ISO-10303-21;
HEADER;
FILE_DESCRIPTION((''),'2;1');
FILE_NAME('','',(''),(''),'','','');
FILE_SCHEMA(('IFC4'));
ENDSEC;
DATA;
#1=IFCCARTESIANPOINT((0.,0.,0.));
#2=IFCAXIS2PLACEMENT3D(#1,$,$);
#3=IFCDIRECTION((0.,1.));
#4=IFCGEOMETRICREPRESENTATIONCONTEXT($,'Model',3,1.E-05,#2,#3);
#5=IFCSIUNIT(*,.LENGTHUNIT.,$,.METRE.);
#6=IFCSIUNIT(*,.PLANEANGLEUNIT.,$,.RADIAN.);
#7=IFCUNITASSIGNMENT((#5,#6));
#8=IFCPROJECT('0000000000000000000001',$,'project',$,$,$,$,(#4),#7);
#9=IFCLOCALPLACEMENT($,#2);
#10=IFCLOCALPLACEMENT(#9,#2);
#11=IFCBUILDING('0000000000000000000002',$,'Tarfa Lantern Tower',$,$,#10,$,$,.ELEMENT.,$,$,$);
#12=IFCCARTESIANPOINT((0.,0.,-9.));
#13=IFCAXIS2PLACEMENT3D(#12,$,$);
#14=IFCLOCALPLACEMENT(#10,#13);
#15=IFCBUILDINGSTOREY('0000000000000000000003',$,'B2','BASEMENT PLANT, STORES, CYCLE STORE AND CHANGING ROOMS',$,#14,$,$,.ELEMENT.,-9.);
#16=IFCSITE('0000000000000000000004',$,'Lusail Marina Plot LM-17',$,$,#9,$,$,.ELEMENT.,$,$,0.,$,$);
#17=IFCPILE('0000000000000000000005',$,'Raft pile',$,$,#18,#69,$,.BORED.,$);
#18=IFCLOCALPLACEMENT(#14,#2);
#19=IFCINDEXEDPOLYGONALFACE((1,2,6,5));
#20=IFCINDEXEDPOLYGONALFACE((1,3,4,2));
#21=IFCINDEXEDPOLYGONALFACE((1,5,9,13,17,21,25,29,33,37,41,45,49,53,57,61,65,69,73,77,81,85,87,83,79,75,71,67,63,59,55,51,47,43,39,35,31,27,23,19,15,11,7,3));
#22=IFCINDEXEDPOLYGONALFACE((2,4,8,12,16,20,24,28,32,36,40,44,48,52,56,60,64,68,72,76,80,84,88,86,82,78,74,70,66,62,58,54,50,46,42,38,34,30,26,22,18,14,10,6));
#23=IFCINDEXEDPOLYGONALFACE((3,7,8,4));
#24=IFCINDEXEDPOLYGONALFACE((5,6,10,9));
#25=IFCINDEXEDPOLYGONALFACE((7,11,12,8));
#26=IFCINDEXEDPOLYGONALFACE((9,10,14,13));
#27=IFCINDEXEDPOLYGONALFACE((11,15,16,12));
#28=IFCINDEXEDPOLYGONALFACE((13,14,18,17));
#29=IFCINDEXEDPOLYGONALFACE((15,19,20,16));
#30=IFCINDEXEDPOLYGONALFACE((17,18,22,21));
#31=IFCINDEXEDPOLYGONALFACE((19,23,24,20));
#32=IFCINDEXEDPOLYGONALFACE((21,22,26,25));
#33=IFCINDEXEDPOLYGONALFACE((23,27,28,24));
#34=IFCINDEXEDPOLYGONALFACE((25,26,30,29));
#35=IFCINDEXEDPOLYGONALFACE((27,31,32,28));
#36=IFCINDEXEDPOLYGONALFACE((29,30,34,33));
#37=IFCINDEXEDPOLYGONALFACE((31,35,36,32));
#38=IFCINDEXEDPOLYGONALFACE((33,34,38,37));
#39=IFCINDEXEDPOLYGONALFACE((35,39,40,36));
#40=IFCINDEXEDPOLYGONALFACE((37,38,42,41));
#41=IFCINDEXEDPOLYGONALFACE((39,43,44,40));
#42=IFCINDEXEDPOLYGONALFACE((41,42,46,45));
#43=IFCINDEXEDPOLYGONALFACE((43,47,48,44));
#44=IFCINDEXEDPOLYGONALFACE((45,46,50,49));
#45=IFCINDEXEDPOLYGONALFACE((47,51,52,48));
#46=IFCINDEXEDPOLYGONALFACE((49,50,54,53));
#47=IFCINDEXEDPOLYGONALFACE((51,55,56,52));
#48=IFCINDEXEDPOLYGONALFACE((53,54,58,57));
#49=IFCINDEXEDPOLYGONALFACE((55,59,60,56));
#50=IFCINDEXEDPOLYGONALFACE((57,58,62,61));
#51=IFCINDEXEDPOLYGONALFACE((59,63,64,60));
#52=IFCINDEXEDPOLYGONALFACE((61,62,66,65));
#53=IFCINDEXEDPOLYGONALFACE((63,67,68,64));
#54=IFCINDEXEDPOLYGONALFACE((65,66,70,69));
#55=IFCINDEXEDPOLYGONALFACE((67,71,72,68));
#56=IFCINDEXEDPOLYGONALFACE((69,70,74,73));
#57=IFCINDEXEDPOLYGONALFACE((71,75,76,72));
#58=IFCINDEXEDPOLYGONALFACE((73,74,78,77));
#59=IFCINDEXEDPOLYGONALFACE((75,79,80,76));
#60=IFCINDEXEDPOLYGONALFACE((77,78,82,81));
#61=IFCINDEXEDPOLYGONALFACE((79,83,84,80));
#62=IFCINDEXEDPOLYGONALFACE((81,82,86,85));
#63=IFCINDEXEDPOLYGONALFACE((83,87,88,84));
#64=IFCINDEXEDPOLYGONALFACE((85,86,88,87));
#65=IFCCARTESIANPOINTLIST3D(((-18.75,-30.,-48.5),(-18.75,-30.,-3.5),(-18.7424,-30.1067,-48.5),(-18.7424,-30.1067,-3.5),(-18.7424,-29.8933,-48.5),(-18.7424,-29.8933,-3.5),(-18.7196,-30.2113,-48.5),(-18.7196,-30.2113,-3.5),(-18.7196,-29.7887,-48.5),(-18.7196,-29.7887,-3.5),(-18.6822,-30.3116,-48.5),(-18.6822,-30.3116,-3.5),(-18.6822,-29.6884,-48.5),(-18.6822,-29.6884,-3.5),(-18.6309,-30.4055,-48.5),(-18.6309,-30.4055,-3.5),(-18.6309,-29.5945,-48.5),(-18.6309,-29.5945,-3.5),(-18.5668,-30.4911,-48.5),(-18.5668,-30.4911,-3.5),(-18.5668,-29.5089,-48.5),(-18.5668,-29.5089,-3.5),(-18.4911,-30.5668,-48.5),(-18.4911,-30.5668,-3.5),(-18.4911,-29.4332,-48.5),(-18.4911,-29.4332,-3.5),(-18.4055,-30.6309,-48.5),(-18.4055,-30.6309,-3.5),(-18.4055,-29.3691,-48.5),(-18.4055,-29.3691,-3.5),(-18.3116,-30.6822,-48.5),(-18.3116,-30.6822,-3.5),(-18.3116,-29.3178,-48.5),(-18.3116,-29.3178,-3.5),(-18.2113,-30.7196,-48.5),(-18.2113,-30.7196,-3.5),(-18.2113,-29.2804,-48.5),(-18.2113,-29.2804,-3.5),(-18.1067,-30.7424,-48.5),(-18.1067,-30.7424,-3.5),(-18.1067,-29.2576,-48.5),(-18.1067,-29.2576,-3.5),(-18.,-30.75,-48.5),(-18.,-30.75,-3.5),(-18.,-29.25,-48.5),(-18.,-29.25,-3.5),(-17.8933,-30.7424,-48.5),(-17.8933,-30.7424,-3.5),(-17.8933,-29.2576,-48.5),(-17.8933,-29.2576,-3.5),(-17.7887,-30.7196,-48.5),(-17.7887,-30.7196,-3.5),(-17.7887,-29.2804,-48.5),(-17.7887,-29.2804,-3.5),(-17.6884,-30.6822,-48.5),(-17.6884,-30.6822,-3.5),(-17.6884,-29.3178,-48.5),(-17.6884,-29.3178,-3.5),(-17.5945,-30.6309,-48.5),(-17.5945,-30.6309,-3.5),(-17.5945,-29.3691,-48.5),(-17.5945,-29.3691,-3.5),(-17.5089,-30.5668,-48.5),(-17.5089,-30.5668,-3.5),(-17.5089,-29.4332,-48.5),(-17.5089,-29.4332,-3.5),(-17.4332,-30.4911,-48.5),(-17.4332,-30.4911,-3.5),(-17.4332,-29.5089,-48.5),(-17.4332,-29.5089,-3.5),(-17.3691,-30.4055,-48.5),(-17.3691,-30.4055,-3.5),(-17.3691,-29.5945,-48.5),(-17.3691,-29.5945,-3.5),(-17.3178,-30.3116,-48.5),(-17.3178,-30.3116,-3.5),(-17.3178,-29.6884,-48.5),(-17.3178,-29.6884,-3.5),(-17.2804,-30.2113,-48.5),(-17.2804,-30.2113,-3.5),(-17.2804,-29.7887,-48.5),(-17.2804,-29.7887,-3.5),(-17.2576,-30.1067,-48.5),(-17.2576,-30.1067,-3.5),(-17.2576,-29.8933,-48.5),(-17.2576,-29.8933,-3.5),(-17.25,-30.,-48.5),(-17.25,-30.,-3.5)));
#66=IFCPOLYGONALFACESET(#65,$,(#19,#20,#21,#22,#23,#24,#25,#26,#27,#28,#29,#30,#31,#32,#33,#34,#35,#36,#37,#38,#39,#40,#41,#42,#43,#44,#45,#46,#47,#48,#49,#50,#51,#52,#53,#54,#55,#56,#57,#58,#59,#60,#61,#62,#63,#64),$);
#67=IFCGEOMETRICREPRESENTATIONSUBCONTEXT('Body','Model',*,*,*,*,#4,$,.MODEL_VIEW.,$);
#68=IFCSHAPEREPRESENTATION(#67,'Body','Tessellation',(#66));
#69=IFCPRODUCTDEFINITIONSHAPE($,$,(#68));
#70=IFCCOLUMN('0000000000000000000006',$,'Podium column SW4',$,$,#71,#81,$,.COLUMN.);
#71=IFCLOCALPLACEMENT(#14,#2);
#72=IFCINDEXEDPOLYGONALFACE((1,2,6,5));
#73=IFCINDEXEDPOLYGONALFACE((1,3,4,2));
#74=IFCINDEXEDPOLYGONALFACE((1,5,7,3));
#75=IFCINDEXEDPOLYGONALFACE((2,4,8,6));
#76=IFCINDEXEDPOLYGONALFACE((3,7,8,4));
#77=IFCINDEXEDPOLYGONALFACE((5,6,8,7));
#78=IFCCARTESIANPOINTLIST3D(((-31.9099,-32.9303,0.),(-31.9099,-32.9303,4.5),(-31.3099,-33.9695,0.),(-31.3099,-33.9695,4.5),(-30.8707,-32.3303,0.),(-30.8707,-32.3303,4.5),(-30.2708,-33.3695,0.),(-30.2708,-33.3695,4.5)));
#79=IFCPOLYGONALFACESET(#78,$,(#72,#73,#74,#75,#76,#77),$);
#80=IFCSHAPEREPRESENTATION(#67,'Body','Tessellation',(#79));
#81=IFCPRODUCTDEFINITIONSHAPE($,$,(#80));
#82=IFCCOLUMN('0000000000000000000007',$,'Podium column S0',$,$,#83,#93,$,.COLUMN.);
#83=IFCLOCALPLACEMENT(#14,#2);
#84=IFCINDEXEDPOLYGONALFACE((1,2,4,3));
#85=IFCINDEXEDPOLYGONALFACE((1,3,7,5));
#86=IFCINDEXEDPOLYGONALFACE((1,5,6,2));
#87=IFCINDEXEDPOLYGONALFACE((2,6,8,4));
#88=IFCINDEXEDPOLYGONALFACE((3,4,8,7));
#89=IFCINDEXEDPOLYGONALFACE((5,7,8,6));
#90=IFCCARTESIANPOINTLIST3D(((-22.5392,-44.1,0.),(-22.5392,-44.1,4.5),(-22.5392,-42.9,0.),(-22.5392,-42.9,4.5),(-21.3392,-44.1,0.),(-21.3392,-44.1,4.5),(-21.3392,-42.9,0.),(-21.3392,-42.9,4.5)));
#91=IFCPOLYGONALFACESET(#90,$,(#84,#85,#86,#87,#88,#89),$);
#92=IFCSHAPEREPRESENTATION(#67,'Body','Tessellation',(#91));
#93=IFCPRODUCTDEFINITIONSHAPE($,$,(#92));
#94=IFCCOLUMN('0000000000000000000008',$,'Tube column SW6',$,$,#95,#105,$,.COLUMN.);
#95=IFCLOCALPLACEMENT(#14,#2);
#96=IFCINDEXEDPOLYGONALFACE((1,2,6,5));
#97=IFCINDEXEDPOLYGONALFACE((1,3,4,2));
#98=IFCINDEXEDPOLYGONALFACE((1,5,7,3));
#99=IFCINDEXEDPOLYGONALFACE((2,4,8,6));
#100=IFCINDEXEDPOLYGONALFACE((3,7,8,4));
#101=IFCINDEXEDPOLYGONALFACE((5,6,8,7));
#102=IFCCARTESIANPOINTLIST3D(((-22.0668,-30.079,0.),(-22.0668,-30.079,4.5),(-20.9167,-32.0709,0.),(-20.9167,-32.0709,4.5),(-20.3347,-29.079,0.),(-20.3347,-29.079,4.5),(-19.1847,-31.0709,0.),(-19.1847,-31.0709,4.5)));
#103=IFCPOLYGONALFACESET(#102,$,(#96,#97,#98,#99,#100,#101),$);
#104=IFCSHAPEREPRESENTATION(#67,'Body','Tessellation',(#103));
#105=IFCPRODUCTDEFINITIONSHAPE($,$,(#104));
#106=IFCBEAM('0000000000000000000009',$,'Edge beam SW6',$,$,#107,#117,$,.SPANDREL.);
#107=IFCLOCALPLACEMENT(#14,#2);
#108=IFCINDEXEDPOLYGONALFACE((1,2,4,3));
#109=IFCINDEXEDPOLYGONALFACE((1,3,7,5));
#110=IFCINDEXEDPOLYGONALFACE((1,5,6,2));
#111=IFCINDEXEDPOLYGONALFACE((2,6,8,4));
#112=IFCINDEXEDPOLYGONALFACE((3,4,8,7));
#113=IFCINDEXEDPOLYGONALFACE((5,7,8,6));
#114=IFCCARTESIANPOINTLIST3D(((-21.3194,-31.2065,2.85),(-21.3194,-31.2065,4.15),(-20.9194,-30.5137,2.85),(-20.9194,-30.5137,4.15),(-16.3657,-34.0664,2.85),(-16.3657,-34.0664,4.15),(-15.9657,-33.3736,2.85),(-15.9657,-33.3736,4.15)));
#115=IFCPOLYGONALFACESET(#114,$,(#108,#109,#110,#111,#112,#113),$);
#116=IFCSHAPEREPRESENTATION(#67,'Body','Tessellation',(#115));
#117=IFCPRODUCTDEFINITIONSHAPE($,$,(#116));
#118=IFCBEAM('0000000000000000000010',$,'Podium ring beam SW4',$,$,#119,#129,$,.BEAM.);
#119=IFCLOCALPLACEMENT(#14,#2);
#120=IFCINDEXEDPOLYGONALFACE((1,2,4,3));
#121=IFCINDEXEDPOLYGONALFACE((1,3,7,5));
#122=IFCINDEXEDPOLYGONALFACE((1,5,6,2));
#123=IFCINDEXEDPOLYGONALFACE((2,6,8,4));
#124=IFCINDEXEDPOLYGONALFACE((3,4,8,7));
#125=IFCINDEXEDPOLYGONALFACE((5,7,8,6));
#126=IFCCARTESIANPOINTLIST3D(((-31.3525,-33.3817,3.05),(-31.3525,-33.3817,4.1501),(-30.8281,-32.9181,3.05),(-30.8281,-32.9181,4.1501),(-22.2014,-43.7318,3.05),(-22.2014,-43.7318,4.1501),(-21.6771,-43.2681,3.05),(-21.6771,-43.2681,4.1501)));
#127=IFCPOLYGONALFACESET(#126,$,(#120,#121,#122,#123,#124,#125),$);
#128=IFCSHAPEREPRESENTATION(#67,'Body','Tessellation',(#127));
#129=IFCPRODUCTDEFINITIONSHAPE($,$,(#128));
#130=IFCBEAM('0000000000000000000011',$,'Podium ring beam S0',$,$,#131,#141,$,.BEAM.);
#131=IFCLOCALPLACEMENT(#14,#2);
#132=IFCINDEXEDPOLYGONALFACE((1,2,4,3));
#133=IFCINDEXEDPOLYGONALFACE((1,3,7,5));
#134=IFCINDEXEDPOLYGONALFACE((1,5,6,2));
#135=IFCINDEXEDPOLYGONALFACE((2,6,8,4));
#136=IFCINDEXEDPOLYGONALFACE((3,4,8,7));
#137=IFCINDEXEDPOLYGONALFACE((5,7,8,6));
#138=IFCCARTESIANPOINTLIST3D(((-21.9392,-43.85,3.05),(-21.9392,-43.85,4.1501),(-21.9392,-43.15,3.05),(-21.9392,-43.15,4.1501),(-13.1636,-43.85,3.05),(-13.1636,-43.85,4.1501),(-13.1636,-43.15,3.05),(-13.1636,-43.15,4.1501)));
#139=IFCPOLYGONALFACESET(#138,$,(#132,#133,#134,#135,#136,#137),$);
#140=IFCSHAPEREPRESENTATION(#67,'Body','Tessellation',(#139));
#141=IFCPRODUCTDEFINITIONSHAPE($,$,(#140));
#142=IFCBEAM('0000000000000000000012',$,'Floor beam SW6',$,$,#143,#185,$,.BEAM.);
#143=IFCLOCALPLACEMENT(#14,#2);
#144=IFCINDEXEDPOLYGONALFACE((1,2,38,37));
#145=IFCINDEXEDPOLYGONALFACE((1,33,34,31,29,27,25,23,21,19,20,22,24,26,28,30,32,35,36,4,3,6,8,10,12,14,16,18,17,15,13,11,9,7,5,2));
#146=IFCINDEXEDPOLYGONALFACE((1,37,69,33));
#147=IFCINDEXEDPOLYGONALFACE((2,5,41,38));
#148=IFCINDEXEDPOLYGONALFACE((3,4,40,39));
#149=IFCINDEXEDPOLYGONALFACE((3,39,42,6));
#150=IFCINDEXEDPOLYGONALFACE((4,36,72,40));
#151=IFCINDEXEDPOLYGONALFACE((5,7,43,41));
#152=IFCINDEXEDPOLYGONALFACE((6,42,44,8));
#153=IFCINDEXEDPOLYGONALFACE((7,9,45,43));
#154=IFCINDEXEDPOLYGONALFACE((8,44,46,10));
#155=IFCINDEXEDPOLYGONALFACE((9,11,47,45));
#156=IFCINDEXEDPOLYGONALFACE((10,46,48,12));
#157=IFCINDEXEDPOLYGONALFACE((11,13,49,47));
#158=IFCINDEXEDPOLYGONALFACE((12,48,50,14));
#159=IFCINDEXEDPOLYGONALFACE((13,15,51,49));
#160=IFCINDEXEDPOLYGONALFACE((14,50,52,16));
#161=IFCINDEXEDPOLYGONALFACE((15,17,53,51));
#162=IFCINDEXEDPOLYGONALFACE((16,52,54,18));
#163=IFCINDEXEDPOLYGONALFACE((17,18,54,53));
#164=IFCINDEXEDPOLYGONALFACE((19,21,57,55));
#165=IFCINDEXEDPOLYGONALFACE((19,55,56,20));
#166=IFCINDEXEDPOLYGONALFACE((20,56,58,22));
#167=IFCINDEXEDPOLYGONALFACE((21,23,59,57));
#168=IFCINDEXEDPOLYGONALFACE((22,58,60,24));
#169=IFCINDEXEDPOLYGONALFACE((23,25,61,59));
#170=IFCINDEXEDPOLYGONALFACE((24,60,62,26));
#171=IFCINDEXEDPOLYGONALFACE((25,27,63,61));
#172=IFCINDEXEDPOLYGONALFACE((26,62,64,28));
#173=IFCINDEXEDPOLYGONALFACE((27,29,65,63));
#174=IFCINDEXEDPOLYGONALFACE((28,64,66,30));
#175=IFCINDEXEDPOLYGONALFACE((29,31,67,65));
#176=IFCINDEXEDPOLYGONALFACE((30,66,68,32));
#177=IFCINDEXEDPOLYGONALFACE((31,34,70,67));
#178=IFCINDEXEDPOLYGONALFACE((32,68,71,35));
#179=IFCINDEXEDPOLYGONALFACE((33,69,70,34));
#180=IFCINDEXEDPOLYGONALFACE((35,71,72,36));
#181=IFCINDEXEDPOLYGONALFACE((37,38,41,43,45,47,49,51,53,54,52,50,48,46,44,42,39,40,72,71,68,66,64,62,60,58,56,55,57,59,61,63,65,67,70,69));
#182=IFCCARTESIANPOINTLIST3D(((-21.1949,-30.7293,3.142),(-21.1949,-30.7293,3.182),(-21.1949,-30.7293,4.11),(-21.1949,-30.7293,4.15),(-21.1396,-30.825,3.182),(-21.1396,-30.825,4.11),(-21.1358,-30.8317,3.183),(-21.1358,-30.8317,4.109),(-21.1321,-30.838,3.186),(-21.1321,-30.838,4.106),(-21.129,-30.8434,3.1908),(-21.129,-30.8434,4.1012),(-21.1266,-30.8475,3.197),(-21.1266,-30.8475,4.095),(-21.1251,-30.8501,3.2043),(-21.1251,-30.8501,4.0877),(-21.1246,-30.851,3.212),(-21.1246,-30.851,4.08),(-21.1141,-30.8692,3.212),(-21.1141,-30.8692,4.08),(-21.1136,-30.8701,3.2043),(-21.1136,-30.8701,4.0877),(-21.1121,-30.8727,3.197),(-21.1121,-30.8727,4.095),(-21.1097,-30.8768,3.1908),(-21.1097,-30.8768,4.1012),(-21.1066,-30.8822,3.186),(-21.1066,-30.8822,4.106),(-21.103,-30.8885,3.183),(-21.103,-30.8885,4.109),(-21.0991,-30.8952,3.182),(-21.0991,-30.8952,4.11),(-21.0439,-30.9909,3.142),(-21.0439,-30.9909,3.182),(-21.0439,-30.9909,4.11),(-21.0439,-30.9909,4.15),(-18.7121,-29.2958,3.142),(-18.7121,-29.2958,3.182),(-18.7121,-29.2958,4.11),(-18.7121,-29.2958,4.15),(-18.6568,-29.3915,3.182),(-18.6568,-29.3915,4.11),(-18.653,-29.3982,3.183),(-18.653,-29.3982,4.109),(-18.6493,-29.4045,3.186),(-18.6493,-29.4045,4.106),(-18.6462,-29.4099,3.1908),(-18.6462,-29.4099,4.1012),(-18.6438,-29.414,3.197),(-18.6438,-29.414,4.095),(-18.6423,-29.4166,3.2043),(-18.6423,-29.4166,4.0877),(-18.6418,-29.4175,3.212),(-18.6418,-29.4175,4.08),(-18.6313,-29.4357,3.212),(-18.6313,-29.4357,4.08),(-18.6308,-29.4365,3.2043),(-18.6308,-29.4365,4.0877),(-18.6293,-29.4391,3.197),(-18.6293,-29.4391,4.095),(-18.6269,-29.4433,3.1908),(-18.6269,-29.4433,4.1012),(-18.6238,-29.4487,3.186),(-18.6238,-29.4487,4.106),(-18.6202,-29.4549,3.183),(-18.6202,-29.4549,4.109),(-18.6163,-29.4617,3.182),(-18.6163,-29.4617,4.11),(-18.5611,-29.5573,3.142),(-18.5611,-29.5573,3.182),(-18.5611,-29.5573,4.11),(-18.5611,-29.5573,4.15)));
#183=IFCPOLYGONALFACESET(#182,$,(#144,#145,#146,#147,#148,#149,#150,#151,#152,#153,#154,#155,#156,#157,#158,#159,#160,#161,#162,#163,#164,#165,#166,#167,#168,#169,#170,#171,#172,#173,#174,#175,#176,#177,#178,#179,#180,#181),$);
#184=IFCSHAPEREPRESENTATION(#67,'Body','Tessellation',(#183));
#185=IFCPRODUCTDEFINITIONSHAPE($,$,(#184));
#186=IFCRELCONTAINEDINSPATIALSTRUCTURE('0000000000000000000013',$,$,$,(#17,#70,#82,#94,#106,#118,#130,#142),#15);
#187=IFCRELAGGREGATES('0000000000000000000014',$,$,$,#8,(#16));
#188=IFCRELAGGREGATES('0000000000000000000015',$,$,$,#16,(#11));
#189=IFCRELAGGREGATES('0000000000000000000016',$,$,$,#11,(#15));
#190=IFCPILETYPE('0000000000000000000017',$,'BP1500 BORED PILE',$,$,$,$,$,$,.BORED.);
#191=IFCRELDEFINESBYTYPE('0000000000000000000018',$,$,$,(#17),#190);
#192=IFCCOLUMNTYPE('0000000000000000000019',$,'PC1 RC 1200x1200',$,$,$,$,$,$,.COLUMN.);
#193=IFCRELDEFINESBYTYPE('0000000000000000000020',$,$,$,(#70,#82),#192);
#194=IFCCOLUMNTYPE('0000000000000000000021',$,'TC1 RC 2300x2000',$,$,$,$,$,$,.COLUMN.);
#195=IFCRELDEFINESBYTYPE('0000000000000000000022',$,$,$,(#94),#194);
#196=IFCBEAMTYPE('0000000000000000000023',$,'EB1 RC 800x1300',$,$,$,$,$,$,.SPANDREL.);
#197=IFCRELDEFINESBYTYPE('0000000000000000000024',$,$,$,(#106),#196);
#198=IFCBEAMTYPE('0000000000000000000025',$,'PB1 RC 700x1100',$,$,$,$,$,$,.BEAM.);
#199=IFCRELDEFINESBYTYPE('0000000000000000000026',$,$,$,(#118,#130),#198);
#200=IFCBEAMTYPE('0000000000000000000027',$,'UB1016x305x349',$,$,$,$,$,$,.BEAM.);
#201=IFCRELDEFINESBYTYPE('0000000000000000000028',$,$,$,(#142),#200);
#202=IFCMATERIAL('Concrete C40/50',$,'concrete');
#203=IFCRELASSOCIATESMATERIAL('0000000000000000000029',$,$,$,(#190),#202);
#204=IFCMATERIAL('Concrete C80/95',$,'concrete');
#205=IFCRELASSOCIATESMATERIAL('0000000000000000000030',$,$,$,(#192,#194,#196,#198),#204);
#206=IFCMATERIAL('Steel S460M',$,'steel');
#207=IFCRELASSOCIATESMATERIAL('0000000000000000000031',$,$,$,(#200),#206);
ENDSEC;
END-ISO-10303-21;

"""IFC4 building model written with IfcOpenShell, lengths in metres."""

from ifc_helpers import new_model, si_unit, direction, frame, origin, origin_2d, place, context, subcontext, project, spatial, rectangle, circle, i_section, extrude, material, material_profile, profile_set, type_object, element, save


model = new_model("IFC4")

# Units and contexts
model_context = context("Model", 3, precision=1e-05, world=origin(), true_north=direction((0.0, 1.0)))
body_context = subcontext(model_context, "Body", "Model", "MODEL_VIEW")
ifc_project = project(units=[si_unit("LENGTHUNIT", "METRE"), si_unit("PLANEANGLEUNIT", "RADIAN")], contexts=[model_context])

# Site, building, storey
site_placement = place(None, origin())
site = spatial("IfcSite", under=ifc_project, at=site_placement, Name="Lusail Marina Plot LM-17", CompositionType="ELEMENT", RefElevation=0.0)
building_placement = place(site_placement, origin())
building = spatial("IfcBuilding", under=site, at=building_placement, Name="Tarfa Lantern Tower", CompositionType="ELEMENT")
storey_placement = place(building_placement, frame((0.0, 0.0, -9.0)))
storey = spatial("IfcBuildingStorey", under=building, at=storey_placement, Name="B2", Description="BASEMENT PLANT, STORES, CYCLE STORE AND CHANGING ROOMS", CompositionType="ELEMENT", Elevation=-9.0)

# Pile
ifc_material_1 = material(Name="Concrete C40/50", Category="concrete")
ifc_material_profile_1 = material_profile(ifc_material_1, circle(Radius=0.75, at=origin_2d()), Name="BORED PILE D1500")
ifc_profile_set_1 = profile_set([ifc_material_profile_1], Name="Concrete C40/50")
pile_type_1 = type_object("IfcPileType", Name="BP1500 BORED PILE", PredefinedType="BORED", material=ifc_profile_set_1)
for number, where, z_axis, x_axis, name in (
    (1, (-18.0, -30.0, -3.5), (0.0, 0.0, -1.0), (1.0, 0.0, 0.0), "Raft pile"),
):
    element("IfcPile", number, at=place(storey_placement, frame(where, z_axis=z_axis, x_axis=x_axis)), inside=storey, type_object=pile_type_1, Name=name, PredefinedType="BORED", context=body_context, shape_type="SweptSolid", body=[
        extrude(circle(Radius=0.75, at=origin_2d()), origin(), (0.0, 0.0, 1.0), 45.0),
    ])

# Columns
ifc_material_2 = material(Name="Concrete C80/95", Category="concrete")
ifc_material_profile_2 = material_profile(ifc_material_2, rectangle(XDim=1.2, YDim=1.2, at=origin_2d()), Name="RC 1200x1200")
ifc_profile_set_2 = profile_set([ifc_material_profile_2], Name="Concrete C80/95")
column_type_1 = type_object("IfcColumnType", Name="PC1 RC 1200x1200", PredefinedType="COLUMN", material=ifc_profile_set_2)
for number, where, z_axis, x_axis, name in (
    (2, (-31.0903, -33.1499, 0.0), (0.0, 0.0, 1.0), (0.5, -0.866025, 0.0), "Podium column SW4"),
    (3, (-21.9392, -43.5, 0.0), (0.0, 0.0, 1.0), (1.0, 0.0, 0.0), "Podium column S0"),
):
    element("IfcColumn", number, at=place(storey_placement, frame(where, z_axis=z_axis, x_axis=x_axis)), inside=storey, type_object=column_type_1, Name=name, PredefinedType="COLUMN", context=body_context, shape_type="SweptSolid", body=[
        extrude(rectangle(XDim=1.2, YDim=1.2, at=origin_2d()), origin(), (0.0, 0.0, 1.0), 4.5),
    ])
ifc_material_profile_3 = material_profile(ifc_material_2, rectangle(XDim=2.3, YDim=2.0, at=origin_2d()), Name="RC 2300x2000")
ifc_profile_set_3 = profile_set([ifc_material_profile_3], Name="Concrete C80/95")
column_type_2 = type_object("IfcColumnType", Name="TC1 RC 2300x2000", PredefinedType="COLUMN", material=ifc_profile_set_3)
column_placement = place(storey_placement, frame((-20.6257, -30.575, 0.0), z_axis=(0.0, 0.0, 1.0), x_axis=(0.5, -0.866025, 0.0)))
element("IfcColumn", 4, at=column_placement, inside=storey, type_object=column_type_2, Name="Tube column SW6", PredefinedType="COLUMN", context=body_context, shape_type="SweptSolid", body=[
    extrude(rectangle(XDim=2.3, YDim=2.0, at=origin_2d()), origin(), (0.0, 0.0, 1.0), 4.5),
])

# Beams
ifc_material_profile_4 = material_profile(ifc_material_2, rectangle(XDim=0.8, YDim=1.3, at=origin_2d()), Name="RC 800x1300")
ifc_profile_set_4 = profile_set([ifc_material_profile_4], Name="Concrete C80/95")
beam_type_1 = type_object("IfcBeamType", Name="EB1 RC 800x1300", PredefinedType="SPANDREL", material=ifc_profile_set_4)
beam_1_placement = place(storey_placement, frame((-21.1194, -30.8601, 3.5), z_axis=(0.866033, -0.499986, 0.0), x_axis=(0.499986, 0.866033, 0.0)))
element("IfcBeam", 5, at=beam_1_placement, inside=storey, type_object=beam_type_1, Name="Edge beam SW6", PredefinedType="SPANDREL", context=body_context, shape_type="SweptSolid", body=[
    extrude(rectangle(XDim=0.8, YDim=1.3, at=origin_2d()), origin(), (0.0, 0.0, 1.0), 5.72),
])
ifc_material_profile_5 = material_profile(ifc_material_2, rectangle(XDim=0.7, YDim=1.1001, at=origin_2d()), Name="RC 700x1100")
ifc_profile_set_5 = profile_set([ifc_material_profile_5], Name="Concrete C80/95")
beam_type_2 = type_object("IfcBeamType", Name="PB1 RC 700x1100", PredefinedType="BEAM", material=ifc_profile_set_5)
beam_2_placement = place(storey_placement, frame((-31.0903, -33.1499, 3.6001), z_axis=(0.662382, -0.749167, 0.0), x_axis=(0.749167, 0.662382, 0.0)))
element("IfcBeam", 6, at=beam_2_placement, inside=storey, type_object=beam_type_2, Name="Podium ring beam SW4", PredefinedType="BEAM", context=body_context, shape_type="SweptSolid", body=[
    extrude(rectangle(XDim=0.7, YDim=1.1001, at=origin_2d()), origin(), (0.0, 0.0, 1.0), 13.8154),
])
beam_3_placement = place(storey_placement, frame((-21.9392, -43.5, 3.6001), z_axis=(1.0, 0.0, 0.0), x_axis=(0.0, 1.0, 0.0)))
element("IfcBeam", 7, at=beam_3_placement, inside=storey, type_object=beam_type_2, Name="Podium ring beam S0", PredefinedType="BEAM", context=body_context, shape_type="SweptSolid", body=[
    extrude(rectangle(XDim=0.7, YDim=1.1001, at=origin_2d()), origin(), (0.0, 0.0, 1.0), 8.7756),
])
ifc_material_3 = material(Name="Steel S460M", Category="steel")
ifc_material_profile_6 = material_profile(ifc_material_3, i_section(OverallWidth=0.302, OverallDepth=1.0081, WebThickness=0.021, FlangeThickness=0.04, FilletRadius=0.03, at=origin_2d()), Name="UB1016x305x349")
ifc_profile_set_6 = profile_set([ifc_material_profile_6], Name="Steel S460M")
beam_type_3 = type_object("IfcBeamType", Name="UB1016x305x349", PredefinedType="BEAM", material=ifc_profile_set_6)
beam_4_placement = place(storey_placement, frame((-21.1194, -30.8601, 3.646), z_axis=(0.866013, 0.500022, 0.0), x_axis=(-0.500022, 0.866013, 0.0)))
element("IfcBeam", 8, at=beam_4_placement, inside=storey, type_object=beam_type_3, Name="Floor beam SW6", PredefinedType="BEAM", context=body_context, shape_type="SweptSolid", body=[
    extrude(i_section(OverallWidth=0.302, OverallDepth=1.0081, WebThickness=0.021, FlangeThickness=0.04, FilletRadius=0.03, at=origin_2d()), origin(), (0.0, 0.0, 1.0), 2.8669),
])

save(model, "model.ifc")
